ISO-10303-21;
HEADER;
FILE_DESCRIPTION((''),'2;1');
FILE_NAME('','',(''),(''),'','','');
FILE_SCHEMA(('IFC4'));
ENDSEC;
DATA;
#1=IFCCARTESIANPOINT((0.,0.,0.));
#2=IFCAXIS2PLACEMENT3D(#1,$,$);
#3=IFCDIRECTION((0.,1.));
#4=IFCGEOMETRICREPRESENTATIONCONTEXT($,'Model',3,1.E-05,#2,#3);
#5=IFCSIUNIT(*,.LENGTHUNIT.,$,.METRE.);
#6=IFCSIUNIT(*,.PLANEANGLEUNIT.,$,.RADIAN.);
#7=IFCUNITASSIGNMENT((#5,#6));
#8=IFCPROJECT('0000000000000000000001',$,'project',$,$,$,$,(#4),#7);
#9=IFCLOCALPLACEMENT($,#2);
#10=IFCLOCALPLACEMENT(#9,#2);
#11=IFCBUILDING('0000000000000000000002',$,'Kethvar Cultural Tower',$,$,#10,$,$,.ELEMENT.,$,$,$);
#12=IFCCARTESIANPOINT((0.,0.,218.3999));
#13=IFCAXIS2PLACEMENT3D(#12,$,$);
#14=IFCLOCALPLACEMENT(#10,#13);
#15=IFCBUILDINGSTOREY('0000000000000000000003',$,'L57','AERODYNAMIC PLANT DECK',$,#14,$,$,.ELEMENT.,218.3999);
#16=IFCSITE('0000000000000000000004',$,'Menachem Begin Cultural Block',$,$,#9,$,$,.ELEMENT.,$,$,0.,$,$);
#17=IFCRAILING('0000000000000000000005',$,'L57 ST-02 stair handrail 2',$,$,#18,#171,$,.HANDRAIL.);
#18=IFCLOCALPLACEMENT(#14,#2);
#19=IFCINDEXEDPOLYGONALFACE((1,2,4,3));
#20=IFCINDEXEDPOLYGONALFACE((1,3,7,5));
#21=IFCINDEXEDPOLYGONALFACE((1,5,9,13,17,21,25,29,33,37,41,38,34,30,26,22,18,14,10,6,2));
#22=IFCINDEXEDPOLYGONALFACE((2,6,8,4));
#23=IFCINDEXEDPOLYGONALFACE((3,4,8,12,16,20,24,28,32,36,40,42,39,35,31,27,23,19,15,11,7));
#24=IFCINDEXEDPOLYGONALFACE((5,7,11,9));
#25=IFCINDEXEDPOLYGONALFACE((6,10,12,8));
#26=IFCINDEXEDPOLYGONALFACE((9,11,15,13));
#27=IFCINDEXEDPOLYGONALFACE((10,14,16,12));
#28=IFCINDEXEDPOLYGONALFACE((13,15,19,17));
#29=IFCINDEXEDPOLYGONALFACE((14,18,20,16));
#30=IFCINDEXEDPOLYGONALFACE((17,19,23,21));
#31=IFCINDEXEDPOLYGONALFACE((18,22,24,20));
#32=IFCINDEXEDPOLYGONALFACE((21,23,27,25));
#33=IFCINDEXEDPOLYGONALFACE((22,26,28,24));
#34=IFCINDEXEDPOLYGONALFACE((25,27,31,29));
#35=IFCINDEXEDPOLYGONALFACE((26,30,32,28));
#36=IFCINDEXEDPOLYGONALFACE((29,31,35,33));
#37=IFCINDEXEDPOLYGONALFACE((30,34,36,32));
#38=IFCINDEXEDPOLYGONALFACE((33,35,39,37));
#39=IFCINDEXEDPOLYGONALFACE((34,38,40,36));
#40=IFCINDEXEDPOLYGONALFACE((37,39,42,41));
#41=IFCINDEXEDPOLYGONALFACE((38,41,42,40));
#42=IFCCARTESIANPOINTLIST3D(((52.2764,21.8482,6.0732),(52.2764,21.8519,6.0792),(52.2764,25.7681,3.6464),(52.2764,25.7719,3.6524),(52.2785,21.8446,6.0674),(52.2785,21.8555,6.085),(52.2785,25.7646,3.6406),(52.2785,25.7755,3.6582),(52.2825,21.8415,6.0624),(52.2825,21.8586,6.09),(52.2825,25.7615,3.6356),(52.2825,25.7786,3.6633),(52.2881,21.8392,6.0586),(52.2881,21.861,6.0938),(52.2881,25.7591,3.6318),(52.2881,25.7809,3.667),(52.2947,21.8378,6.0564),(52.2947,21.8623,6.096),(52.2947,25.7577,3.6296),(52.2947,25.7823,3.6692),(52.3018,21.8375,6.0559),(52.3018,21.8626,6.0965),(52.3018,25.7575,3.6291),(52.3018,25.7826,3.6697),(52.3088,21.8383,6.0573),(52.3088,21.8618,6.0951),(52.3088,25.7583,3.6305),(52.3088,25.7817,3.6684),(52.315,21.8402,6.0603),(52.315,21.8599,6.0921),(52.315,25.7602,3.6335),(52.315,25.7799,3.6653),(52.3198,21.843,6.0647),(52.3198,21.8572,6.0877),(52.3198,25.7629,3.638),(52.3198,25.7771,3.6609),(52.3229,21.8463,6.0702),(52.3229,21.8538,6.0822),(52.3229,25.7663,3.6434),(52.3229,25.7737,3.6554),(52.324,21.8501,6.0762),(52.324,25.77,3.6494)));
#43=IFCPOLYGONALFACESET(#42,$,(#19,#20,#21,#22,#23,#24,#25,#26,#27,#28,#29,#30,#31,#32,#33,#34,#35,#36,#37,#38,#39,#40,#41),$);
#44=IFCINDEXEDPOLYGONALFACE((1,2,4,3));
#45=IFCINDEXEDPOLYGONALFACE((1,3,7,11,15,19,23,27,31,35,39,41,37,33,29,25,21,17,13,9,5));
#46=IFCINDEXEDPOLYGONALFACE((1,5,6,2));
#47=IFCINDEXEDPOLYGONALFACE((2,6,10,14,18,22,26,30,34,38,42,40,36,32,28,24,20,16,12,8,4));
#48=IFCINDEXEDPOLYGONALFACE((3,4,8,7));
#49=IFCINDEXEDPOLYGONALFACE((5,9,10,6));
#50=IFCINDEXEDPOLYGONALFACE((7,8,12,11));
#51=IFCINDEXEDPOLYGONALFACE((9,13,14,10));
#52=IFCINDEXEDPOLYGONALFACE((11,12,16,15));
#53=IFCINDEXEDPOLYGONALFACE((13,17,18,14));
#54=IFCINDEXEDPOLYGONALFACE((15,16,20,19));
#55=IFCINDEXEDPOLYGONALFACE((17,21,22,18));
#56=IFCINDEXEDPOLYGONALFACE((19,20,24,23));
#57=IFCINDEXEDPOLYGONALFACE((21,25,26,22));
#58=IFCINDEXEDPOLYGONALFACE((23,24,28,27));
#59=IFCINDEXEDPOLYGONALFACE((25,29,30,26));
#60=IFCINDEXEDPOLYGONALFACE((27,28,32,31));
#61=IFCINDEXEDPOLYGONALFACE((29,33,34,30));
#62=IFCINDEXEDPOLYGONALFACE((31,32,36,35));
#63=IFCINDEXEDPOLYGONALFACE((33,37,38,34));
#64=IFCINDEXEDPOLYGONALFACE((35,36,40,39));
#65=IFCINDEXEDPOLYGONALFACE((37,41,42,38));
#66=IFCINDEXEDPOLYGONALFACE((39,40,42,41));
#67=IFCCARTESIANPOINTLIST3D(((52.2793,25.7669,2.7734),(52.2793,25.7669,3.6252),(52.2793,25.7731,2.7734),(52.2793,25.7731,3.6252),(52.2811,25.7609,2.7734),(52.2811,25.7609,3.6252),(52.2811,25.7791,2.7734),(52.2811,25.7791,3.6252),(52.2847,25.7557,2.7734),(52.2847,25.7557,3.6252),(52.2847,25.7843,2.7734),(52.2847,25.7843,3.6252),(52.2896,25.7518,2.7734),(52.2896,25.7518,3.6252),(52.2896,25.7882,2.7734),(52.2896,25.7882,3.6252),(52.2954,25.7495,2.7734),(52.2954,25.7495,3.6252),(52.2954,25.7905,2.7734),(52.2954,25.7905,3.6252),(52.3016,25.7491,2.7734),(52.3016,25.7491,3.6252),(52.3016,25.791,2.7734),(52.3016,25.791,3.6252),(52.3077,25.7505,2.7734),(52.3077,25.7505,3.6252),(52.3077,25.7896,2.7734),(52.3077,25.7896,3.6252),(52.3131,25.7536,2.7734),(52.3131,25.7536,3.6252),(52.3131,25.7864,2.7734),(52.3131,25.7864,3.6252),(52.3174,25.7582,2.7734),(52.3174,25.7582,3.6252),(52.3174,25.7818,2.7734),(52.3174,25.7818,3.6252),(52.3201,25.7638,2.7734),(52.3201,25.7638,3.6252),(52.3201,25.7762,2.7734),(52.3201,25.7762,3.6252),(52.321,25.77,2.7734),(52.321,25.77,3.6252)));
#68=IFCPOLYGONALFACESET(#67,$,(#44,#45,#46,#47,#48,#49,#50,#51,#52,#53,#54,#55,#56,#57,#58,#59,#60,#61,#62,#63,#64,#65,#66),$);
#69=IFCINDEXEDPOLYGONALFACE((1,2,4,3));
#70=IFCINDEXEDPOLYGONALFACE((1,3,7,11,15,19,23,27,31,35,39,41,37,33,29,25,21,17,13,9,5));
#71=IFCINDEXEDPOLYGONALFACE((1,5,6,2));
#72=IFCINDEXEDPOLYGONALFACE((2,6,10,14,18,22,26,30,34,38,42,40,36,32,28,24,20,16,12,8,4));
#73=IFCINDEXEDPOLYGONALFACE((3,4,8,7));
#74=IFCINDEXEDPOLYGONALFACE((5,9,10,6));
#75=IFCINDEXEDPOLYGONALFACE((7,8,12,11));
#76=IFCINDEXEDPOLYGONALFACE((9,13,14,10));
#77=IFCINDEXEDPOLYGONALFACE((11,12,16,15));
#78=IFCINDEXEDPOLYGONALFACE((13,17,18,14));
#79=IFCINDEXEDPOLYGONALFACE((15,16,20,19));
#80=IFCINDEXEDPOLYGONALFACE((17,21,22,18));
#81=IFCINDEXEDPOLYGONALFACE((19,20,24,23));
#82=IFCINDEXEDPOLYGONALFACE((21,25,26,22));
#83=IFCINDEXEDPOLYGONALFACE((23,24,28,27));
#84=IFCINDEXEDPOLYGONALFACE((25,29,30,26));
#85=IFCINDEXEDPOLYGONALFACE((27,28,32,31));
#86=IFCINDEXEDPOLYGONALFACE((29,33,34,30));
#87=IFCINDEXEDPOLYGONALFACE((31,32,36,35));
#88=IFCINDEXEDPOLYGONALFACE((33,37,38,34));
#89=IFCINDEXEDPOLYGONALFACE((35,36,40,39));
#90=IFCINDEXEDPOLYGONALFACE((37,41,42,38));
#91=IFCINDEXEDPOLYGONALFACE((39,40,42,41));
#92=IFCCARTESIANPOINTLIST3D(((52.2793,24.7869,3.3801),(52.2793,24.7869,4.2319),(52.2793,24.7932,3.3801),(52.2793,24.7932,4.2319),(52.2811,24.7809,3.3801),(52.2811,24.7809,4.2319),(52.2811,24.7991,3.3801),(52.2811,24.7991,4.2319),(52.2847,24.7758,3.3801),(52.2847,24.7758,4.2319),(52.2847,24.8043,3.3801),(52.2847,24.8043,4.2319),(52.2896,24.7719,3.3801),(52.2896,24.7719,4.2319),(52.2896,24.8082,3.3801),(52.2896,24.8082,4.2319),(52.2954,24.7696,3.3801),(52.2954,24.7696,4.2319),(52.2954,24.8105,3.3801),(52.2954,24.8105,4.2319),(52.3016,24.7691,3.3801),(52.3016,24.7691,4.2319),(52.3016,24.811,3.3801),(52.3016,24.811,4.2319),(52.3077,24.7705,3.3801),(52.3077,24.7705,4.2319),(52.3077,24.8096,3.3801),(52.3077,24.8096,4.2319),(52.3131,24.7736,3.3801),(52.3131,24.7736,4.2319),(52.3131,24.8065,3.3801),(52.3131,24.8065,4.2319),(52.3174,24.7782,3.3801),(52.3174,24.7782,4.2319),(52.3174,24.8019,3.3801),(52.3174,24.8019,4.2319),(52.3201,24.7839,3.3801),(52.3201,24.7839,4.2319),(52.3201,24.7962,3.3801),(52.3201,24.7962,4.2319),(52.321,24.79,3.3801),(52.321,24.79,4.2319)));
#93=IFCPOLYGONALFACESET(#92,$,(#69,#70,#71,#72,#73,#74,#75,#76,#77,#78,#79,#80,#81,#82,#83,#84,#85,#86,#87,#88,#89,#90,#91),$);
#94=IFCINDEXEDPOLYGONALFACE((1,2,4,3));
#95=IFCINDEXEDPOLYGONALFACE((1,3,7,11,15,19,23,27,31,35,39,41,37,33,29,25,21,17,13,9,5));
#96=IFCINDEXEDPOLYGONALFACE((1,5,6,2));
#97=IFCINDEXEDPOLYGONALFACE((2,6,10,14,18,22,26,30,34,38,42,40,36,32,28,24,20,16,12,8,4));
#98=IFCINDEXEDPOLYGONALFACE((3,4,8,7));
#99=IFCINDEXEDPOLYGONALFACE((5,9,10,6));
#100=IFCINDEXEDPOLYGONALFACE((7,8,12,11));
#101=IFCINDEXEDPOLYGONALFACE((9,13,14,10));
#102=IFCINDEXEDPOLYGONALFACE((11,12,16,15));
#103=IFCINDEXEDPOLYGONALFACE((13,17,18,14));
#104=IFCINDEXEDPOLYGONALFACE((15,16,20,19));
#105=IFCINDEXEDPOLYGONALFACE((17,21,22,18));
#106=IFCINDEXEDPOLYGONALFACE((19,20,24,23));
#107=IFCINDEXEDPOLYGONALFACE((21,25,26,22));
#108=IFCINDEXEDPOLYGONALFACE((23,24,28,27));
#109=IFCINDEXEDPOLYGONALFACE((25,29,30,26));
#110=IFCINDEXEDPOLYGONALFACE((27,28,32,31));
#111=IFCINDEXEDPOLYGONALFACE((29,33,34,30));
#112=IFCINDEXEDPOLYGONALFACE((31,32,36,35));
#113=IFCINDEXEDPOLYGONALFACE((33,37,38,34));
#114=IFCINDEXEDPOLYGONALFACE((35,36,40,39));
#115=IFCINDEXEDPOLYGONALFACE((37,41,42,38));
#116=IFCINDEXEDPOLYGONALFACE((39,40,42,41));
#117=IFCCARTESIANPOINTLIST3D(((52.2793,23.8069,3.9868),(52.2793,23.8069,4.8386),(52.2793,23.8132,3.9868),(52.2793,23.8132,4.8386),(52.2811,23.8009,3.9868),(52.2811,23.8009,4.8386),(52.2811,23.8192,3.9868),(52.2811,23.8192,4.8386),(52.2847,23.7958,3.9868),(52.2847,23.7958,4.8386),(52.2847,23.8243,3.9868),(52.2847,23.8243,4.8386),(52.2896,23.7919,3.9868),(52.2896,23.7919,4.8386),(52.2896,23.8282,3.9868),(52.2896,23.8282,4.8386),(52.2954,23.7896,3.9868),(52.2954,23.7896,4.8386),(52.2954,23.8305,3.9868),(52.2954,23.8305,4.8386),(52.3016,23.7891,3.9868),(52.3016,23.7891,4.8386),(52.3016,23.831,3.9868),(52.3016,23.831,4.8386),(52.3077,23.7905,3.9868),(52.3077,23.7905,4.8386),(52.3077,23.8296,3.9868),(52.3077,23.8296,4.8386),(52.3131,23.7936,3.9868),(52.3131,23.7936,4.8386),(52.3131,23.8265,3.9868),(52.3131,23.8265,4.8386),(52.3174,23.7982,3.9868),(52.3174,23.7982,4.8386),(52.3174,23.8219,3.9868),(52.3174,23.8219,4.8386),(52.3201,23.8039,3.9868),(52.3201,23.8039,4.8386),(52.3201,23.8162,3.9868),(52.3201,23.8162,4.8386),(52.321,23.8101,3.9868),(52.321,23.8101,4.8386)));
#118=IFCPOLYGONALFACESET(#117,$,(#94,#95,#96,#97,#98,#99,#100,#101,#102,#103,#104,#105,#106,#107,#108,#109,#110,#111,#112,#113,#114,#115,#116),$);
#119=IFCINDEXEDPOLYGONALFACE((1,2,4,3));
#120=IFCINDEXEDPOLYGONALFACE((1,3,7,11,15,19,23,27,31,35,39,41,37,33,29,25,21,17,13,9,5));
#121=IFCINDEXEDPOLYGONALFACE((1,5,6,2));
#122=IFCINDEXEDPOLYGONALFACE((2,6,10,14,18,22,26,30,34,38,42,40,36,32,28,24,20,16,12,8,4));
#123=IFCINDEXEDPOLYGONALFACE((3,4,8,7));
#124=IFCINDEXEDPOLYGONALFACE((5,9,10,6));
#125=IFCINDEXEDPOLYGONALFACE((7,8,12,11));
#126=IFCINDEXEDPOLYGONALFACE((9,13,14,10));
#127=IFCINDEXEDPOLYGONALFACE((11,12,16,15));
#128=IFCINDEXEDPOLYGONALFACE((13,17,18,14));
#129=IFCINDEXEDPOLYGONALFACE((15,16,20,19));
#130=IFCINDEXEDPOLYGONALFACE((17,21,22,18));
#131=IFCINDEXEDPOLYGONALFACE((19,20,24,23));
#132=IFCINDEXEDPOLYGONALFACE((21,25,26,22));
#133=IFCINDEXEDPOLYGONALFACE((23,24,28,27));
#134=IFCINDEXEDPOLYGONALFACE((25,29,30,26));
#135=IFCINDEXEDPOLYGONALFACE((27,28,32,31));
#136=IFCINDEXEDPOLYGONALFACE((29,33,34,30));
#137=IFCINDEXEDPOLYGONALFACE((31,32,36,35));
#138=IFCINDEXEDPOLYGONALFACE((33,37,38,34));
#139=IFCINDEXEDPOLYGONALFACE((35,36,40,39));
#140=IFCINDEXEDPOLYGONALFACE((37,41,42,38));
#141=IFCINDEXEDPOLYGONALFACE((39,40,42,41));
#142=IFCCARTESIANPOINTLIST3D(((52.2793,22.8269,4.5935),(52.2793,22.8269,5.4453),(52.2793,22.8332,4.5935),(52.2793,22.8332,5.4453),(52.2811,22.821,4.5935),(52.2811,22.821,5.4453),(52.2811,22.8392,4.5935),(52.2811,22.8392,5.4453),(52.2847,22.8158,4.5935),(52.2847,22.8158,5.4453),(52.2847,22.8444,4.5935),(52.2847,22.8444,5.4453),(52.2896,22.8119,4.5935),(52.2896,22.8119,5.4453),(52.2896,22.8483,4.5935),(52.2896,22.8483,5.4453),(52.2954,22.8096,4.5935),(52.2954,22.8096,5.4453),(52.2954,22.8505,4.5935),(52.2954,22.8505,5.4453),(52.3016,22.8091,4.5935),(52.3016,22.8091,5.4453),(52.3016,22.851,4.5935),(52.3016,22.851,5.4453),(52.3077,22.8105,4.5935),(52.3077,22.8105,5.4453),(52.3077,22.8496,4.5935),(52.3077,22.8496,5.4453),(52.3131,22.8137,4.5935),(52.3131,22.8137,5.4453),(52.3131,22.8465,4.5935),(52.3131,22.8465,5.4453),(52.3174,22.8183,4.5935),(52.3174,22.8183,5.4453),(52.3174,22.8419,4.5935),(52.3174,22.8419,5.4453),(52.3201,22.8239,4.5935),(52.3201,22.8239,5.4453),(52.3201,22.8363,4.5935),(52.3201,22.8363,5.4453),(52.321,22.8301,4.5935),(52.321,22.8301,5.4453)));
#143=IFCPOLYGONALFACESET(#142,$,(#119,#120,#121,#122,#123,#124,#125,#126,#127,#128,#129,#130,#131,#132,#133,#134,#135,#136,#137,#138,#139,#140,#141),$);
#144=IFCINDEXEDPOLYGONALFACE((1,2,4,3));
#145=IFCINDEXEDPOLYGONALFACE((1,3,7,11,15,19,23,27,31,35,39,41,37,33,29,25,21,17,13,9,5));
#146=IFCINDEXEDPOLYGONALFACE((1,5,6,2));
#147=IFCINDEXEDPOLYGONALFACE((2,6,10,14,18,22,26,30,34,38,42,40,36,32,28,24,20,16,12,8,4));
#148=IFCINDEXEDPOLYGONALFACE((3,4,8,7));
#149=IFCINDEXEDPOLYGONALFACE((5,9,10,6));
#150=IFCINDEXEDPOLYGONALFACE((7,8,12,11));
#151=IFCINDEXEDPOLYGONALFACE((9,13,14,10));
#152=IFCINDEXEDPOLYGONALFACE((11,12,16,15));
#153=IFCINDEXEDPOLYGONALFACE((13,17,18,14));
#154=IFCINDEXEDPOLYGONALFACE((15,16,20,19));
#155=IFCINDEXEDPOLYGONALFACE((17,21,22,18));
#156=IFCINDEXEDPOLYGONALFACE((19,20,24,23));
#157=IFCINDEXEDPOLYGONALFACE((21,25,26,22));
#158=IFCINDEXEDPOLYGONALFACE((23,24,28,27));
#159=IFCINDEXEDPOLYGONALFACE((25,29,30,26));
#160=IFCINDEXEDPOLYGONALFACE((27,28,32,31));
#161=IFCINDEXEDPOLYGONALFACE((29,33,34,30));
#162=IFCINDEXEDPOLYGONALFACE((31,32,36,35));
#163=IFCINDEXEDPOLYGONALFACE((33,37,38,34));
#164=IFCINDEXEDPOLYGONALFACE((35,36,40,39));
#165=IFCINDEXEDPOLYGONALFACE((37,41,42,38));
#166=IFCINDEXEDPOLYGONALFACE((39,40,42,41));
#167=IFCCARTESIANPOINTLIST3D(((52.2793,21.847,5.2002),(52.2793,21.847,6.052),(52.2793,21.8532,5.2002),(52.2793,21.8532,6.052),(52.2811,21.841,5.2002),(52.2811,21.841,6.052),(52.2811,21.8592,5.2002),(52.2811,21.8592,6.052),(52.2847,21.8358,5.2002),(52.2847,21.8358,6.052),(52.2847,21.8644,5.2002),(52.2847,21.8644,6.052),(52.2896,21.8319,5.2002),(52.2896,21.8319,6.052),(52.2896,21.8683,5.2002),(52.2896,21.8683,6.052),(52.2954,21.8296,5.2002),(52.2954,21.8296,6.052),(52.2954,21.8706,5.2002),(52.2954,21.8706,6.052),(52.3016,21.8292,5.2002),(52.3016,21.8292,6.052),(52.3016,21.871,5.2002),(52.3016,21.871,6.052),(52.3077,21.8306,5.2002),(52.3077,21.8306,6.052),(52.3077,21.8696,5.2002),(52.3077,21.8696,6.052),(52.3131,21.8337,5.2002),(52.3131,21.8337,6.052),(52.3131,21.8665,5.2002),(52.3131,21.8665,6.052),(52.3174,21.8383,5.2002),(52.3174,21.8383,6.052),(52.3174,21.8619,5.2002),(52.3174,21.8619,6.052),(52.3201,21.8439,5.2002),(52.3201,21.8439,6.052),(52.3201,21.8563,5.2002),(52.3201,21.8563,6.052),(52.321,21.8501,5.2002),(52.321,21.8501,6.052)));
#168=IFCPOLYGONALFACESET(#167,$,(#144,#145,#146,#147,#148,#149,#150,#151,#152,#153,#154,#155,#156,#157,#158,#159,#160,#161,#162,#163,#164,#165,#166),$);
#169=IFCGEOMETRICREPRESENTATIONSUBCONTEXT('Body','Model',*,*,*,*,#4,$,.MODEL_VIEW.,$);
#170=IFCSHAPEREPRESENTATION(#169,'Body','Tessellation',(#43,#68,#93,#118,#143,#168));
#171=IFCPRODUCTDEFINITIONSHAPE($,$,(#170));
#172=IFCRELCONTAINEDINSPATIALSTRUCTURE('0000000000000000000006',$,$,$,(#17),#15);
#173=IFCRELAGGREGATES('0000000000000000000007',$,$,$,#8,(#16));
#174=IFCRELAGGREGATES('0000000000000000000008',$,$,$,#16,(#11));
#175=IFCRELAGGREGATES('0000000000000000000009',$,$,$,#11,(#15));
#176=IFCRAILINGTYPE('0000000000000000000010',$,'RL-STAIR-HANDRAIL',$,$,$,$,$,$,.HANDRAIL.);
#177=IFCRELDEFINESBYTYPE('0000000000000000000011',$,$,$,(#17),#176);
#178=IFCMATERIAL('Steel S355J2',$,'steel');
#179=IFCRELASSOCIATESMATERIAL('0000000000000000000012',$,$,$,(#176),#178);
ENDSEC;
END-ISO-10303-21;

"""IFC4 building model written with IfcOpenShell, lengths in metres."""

from ifc_helpers import new_model, si_unit, direction, frame, origin, origin_2d, place, context, subcontext, project, spatial, circle, extrude, material, type_object, element, save


model = new_model("IFC4")

# Units and contexts
model_context = context("Model", 3, precision=1e-05, world=origin(), true_north=direction((0.0, 1.0)))
body_context = subcontext(model_context, "Body", "Model", "MODEL_VIEW")
ifc_project = project(units=[si_unit("LENGTHUNIT", "METRE"), si_unit("PLANEANGLEUNIT", "RADIAN")], contexts=[model_context])

# Site, building, storey
site_placement = place(None, origin())
site = spatial("IfcSite", under=ifc_project, at=site_placement, Name="Menachem Begin Cultural Block", CompositionType="ELEMENT", RefElevation=0.0)
building_placement = place(site_placement, origin())
building = spatial("IfcBuilding", under=site, at=building_placement, Name="Kethvar Cultural Tower", CompositionType="ELEMENT")
storey_placement = place(building_placement, frame((0.0, 0.0, 218.3999)))
storey = spatial("IfcBuildingStorey", under=building, at=storey_placement, Name="L57", Description="AERODYNAMIC PLANT DECK", CompositionType="ELEMENT", Elevation=218.3999)

# Shared definitions
ifc_material_1 = material(Name="Steel S355J2", Category="steel")

# Railing
railing_type_1 = type_object("IfcRailingType", Name="RL-STAIR-HANDRAIL", PredefinedType="HANDRAIL", material=ifc_material_1)
railing_1_placement = place(storey_placement, frame((52.3, 25.77, 2.7734)))
element("IfcRailing", 1, at=railing_1_placement, inside=storey, type_object=railing_type_1, Name="L57 ST-02 stair handrail 2", PredefinedType="HANDRAIL", context=body_context, shape_type="SweptSolid", body=[
    extrude(circle(Radius=0.0239, at=origin_2d()), frame((0.0, 0.0, 0.876), z_axis=(0.0, -0.850252, 0.526376), x_axis=(1.0, 0.0, 0.0)), (0.0, 0.0, 1.0), 4.6104),
    extrude(circle(Radius=0.021, at=origin_2d()), origin(), (0.0, 0.0, 1.0), 0.8518),
    extrude(circle(Radius=0.021, at=origin_2d()), frame((0.0, -0.98, 0.6067)), (0.0, 0.0, 1.0), 0.8518),
    extrude(circle(Radius=0.021, at=origin_2d()), frame((0.0, -1.96, 1.2134)), (0.0, 0.0, 1.0), 0.8518),
    extrude(circle(Radius=0.021, at=origin_2d()), frame((0.0, -2.9399, 1.8201)), (0.0, 0.0, 1.0), 0.8518),
    extrude(circle(Radius=0.021, at=origin_2d()), frame((0.0, -3.9199, 2.4268)), (0.0, 0.0, 1.0), 0.8518),
])

save(model, "model.ifc")
